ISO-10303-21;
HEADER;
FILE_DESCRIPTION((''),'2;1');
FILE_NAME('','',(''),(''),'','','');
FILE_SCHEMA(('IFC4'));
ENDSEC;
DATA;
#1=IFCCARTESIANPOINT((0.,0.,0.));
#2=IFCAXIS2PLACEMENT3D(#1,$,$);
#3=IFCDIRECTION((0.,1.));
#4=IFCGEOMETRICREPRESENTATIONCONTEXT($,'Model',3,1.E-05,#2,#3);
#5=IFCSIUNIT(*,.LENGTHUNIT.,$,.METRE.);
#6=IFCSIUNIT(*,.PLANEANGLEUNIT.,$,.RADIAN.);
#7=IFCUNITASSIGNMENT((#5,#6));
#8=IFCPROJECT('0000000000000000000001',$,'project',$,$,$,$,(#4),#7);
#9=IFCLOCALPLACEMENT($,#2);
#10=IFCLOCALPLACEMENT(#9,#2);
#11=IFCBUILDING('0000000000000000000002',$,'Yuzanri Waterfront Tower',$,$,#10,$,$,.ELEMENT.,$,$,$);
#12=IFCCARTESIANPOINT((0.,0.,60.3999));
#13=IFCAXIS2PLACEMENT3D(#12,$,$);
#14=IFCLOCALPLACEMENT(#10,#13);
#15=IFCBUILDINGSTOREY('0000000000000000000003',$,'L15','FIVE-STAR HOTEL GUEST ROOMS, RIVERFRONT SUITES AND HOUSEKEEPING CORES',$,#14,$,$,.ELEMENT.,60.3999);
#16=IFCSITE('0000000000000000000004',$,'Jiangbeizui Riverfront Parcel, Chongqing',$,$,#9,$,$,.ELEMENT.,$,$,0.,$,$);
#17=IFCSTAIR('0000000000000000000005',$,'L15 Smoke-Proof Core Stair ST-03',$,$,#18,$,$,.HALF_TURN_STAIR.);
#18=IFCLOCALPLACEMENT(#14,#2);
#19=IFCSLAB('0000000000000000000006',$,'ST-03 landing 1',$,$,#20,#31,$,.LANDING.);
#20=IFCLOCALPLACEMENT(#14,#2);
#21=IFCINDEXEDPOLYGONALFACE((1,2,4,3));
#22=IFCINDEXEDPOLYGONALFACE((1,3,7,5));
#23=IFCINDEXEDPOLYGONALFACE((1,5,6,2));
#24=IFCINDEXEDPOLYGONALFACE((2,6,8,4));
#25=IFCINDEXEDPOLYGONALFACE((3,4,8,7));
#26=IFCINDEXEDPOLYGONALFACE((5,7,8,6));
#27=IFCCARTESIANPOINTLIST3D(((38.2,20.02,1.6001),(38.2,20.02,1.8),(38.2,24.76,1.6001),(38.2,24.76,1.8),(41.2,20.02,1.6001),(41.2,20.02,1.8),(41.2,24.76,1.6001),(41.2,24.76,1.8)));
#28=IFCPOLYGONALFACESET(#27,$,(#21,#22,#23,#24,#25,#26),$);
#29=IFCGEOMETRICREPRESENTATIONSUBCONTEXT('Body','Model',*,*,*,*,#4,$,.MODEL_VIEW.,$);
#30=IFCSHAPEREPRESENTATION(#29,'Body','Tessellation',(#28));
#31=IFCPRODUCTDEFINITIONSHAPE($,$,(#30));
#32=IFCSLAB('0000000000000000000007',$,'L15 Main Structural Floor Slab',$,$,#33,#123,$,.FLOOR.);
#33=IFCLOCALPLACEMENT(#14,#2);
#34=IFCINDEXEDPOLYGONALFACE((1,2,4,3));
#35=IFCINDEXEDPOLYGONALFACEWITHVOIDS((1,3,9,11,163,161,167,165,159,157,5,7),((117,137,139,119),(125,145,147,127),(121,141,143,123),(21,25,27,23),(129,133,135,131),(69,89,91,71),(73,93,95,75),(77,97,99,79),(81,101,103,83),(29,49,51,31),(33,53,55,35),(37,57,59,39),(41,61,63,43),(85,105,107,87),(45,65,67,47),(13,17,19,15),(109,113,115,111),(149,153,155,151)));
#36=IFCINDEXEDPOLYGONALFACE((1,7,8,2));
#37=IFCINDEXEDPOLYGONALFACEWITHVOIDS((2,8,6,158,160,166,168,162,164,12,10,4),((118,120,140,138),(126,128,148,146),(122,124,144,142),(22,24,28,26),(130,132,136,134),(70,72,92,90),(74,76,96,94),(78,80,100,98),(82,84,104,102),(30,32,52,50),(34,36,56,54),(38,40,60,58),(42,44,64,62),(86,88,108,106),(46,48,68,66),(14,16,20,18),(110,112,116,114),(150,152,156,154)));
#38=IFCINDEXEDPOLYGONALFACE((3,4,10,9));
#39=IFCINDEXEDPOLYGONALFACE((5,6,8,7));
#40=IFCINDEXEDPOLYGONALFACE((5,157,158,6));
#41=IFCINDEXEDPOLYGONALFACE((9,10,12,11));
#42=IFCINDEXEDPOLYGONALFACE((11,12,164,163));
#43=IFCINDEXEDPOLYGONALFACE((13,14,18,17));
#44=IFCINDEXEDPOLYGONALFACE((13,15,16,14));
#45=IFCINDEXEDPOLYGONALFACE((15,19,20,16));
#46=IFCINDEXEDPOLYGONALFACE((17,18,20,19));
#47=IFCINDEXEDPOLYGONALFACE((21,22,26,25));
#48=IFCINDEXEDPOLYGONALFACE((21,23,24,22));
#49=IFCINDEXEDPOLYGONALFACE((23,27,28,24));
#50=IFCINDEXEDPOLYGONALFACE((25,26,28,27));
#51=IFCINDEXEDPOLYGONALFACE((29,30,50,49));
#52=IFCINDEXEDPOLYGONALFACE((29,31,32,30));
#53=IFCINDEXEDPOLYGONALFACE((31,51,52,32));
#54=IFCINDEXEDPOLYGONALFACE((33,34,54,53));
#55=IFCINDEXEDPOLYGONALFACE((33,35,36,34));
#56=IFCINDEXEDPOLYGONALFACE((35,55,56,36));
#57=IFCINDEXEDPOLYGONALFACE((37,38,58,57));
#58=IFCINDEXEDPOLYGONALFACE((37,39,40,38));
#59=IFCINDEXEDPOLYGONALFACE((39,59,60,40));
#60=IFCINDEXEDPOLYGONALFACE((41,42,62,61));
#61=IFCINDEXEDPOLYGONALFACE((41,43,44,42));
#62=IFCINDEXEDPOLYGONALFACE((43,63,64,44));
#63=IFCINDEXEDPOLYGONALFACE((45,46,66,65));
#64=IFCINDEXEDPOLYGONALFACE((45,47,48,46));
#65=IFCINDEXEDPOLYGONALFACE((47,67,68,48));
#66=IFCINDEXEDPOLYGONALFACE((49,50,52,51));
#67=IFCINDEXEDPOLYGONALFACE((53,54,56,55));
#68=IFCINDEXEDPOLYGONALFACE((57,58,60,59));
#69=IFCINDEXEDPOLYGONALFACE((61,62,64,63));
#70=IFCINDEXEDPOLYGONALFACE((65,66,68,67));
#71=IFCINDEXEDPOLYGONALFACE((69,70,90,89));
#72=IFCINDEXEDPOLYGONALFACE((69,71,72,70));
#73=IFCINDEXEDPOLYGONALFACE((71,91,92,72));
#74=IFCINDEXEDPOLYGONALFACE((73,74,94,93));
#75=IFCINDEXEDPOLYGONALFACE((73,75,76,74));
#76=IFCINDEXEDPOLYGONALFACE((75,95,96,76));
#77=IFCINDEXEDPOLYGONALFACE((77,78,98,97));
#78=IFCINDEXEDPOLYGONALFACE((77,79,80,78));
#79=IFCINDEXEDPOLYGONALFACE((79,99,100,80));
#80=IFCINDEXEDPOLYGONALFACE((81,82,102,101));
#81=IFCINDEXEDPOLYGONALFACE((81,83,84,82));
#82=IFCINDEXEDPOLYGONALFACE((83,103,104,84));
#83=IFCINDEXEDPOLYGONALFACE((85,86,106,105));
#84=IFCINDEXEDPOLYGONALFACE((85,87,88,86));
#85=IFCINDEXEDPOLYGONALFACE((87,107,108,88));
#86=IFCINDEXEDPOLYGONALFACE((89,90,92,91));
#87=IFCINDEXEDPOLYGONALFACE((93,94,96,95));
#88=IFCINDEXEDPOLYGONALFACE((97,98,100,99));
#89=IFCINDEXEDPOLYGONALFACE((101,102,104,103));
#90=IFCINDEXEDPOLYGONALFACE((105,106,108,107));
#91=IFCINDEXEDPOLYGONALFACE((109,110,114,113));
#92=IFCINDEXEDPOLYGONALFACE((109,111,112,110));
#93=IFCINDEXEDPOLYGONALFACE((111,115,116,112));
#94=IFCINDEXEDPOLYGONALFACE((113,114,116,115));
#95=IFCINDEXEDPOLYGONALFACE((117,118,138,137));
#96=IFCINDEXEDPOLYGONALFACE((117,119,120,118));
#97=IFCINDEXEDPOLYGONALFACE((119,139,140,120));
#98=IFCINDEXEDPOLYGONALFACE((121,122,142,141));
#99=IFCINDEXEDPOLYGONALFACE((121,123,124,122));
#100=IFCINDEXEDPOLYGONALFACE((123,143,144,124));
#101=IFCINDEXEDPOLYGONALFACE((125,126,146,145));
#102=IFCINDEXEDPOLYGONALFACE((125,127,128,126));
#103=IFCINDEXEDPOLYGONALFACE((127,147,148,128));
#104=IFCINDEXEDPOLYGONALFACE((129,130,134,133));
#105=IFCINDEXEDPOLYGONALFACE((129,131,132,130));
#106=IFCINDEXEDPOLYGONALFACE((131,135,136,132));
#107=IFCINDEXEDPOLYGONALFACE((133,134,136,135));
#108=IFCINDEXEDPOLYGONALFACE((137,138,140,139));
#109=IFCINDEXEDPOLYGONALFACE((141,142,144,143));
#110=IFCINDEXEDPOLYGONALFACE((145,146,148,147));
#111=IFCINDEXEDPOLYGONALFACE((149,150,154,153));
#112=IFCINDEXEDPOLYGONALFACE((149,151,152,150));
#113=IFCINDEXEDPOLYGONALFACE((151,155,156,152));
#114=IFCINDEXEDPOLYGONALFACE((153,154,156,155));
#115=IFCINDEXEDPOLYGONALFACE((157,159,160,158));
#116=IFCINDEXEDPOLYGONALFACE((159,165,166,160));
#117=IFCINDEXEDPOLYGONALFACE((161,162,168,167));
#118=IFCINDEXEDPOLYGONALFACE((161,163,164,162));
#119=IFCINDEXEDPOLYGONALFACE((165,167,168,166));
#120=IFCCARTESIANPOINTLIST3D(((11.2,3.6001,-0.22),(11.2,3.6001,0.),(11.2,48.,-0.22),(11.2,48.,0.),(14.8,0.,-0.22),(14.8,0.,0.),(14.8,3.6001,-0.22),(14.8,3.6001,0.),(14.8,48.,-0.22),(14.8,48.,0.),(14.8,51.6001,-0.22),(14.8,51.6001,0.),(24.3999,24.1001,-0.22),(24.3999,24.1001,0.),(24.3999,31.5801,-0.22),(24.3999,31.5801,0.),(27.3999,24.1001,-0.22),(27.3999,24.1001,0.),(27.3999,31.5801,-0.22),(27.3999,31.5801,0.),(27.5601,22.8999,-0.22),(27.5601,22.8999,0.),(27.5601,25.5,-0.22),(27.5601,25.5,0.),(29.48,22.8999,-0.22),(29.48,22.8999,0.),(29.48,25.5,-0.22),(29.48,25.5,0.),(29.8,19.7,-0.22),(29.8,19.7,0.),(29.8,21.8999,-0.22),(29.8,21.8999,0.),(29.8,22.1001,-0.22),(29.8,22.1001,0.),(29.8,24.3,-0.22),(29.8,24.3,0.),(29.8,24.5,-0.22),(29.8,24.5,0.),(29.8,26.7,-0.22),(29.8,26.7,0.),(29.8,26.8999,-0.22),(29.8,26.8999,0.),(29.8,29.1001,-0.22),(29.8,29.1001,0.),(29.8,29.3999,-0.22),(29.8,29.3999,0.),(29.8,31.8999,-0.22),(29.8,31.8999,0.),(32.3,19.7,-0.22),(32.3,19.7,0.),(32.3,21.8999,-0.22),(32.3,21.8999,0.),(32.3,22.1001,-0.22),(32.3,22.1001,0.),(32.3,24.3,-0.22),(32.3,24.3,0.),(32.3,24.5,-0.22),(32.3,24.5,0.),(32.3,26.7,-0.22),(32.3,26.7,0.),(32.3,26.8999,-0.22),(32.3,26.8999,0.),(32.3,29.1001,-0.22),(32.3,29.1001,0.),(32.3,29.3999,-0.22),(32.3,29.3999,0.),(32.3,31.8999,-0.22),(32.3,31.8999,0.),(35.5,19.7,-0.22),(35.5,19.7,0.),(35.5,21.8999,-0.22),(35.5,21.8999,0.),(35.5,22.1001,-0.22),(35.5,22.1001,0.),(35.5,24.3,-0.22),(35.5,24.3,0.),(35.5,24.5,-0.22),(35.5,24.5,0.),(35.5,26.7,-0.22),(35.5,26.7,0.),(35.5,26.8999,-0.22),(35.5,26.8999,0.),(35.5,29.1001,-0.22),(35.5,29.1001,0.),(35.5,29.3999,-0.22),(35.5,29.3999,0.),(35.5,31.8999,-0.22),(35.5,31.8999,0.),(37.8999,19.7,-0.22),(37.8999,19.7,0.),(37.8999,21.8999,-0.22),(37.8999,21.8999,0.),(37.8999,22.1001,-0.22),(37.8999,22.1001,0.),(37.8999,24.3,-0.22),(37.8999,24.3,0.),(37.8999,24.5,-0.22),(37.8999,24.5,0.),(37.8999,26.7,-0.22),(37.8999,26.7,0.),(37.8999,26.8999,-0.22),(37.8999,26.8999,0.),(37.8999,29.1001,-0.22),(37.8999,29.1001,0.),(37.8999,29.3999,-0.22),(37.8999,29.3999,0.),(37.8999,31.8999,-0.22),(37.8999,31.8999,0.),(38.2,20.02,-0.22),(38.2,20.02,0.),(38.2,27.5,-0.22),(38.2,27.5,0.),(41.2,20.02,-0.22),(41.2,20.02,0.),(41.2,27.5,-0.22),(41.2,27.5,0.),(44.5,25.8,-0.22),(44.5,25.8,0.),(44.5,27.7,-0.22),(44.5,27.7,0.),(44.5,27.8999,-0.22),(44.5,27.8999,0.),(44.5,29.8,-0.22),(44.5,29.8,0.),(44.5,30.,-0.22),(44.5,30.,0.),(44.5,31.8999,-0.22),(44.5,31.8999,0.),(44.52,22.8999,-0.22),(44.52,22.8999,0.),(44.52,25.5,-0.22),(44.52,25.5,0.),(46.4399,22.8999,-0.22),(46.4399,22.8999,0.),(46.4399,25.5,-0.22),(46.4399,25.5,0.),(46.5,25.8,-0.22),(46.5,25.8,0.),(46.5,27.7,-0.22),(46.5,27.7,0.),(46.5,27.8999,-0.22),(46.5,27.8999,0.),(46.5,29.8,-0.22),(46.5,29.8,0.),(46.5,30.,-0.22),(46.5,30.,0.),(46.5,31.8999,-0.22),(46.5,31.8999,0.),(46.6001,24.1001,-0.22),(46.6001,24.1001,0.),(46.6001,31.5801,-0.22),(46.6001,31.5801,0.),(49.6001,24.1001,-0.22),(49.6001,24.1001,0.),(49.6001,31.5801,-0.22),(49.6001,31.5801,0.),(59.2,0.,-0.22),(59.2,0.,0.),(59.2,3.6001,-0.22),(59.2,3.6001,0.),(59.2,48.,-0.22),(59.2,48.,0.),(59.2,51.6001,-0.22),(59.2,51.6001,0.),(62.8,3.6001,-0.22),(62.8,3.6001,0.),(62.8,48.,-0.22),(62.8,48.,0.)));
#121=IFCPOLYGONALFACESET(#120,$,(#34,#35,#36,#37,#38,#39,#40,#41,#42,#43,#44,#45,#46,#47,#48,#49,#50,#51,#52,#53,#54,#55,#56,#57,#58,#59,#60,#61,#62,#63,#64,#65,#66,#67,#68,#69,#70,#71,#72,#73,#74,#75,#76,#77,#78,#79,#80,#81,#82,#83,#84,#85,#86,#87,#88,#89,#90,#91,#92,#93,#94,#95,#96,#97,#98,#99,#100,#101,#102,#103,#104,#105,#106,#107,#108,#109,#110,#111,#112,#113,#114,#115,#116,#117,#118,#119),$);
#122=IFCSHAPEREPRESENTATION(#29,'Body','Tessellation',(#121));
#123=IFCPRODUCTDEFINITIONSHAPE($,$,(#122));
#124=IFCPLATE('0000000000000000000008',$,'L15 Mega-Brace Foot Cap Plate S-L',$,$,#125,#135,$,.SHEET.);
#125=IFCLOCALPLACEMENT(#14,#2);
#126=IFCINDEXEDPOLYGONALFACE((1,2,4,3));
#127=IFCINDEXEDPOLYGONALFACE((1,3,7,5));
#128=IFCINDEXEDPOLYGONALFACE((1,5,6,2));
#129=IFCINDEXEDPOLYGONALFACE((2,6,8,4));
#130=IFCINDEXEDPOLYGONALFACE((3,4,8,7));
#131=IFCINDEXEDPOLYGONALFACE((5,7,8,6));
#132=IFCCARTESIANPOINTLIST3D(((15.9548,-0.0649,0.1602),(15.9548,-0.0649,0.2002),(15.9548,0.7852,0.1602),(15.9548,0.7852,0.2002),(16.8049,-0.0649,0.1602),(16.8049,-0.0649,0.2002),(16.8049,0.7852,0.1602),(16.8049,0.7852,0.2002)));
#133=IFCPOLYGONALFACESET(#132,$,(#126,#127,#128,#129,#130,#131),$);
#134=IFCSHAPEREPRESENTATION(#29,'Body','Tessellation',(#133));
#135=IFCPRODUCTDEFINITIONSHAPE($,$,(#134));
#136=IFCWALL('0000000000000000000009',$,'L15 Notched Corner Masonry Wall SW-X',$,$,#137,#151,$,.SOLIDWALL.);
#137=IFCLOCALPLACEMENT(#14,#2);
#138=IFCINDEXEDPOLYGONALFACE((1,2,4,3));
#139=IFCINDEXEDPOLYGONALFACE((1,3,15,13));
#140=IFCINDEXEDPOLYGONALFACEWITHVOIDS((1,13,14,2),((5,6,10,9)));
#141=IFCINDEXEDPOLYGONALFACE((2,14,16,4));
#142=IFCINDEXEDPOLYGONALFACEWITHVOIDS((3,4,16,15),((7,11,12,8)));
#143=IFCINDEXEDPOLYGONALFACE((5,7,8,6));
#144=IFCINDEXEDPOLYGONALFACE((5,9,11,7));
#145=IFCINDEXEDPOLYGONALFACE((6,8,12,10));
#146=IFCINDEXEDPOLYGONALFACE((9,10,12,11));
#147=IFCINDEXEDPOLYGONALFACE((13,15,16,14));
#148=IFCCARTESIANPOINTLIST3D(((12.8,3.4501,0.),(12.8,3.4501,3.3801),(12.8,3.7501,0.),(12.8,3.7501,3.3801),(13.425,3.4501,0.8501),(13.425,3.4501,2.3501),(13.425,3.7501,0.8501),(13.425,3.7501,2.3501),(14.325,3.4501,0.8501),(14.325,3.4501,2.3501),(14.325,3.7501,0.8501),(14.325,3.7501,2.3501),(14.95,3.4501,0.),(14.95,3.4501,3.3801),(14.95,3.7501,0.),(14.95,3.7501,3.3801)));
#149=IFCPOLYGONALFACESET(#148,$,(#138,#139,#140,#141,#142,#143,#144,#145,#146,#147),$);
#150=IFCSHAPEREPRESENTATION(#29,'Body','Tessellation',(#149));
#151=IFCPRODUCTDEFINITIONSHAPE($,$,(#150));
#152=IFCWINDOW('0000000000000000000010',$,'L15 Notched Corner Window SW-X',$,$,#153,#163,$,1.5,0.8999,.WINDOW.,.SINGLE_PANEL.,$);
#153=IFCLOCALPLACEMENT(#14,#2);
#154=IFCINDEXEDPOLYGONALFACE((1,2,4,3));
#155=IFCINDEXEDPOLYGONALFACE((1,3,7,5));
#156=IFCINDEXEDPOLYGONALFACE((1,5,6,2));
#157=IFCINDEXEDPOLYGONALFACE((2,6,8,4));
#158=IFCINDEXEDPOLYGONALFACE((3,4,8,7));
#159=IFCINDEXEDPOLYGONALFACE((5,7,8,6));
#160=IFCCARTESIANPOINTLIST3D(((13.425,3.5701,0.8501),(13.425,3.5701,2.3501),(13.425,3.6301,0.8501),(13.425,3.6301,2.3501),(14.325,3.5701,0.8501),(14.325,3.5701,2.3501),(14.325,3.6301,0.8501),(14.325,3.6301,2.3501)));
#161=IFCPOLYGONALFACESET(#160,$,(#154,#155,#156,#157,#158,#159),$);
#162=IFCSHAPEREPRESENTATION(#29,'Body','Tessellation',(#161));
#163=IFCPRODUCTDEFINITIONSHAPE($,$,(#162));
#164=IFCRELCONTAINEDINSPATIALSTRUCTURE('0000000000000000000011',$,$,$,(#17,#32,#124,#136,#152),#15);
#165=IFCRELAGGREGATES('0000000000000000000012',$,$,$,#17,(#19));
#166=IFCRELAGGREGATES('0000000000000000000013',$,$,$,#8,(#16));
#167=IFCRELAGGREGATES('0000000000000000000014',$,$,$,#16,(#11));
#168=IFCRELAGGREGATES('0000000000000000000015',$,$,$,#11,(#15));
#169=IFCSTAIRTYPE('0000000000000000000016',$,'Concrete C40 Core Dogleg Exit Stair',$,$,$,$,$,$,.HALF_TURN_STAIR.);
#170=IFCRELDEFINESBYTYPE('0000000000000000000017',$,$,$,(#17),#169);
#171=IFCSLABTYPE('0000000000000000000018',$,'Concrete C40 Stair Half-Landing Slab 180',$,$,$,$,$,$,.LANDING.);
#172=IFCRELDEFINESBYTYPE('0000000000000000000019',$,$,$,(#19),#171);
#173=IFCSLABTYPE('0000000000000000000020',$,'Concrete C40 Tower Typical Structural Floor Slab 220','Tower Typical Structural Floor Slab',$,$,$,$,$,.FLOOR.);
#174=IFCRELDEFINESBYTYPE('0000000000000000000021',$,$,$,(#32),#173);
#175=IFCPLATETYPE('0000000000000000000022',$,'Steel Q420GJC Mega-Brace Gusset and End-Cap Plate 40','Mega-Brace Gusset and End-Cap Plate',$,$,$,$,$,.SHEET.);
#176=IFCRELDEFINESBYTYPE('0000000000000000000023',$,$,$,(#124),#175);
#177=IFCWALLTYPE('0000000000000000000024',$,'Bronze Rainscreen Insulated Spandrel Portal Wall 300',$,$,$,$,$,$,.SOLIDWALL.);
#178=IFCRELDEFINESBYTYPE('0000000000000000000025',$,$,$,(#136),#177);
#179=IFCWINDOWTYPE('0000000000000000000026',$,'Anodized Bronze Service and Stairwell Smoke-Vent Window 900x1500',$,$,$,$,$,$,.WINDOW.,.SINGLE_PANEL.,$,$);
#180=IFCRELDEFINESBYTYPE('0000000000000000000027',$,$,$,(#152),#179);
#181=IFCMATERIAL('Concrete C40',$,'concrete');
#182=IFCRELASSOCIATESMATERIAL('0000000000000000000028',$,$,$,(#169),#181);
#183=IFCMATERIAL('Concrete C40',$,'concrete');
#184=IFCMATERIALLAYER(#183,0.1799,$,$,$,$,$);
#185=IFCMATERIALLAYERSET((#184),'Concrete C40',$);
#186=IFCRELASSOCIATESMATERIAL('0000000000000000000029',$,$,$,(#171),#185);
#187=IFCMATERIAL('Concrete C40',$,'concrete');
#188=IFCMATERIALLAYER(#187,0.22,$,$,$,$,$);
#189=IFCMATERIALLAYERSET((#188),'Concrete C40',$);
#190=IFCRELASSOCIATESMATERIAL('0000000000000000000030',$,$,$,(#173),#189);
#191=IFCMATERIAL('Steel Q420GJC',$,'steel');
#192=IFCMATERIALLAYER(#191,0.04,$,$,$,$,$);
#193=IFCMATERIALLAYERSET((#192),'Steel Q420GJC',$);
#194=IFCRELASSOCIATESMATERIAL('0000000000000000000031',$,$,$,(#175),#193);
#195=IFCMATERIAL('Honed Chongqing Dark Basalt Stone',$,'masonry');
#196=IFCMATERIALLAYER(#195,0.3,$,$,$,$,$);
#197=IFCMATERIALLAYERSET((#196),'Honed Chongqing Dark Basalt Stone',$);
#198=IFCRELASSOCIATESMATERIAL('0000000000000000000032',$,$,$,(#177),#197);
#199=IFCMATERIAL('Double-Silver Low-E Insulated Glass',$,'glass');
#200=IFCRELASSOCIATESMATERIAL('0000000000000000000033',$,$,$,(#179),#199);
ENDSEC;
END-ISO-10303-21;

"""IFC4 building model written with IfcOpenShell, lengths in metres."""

from ifc_helpers import new_model, si_unit, direction, frame, frame_2d, origin, origin_2d, place, context, subcontext, project, spatial, polyline, rectangle, outline, extrude, source, transform, mapped, material, layer, layer_set, type_object, element, fill, aggregate, save


model = new_model("IFC4")

# Units and contexts
model_context = context("Model", 3, precision=1e-05, world=origin(), true_north=direction((0.0, 1.0)))
body_context = subcontext(model_context, "Body", "Model", "MODEL_VIEW")
ifc_project = project(units=[si_unit("LENGTHUNIT", "METRE"), si_unit("PLANEANGLEUNIT", "RADIAN")], contexts=[model_context])

# Site, building, storey
site_placement = place(None, origin())
site = spatial("IfcSite", under=ifc_project, at=site_placement, Name="Jiangbeizui Riverfront Parcel, Chongqing", CompositionType="ELEMENT", RefElevation=0.0)
building_placement = place(site_placement, origin())
building = spatial("IfcBuilding", under=site, at=building_placement, Name="Yuzanri Waterfront Tower", CompositionType="ELEMENT")
storey_placement = place(building_placement, frame((0.0, 0.0, 60.3999)))
storey = spatial("IfcBuildingStorey", under=building, at=storey_placement, Name="L15", Description="FIVE-STAR HOTEL GUEST ROOMS, RIVERFRONT SUITES AND HOUSEKEEPING CORES", CompositionType="ELEMENT", Elevation=60.3999)

# Stair, slab
ifc_material_1 = material(Name="Concrete C40", Category="concrete")
stair_type = type_object("IfcStairType", Name="Concrete C40 Core Dogleg Exit Stair", PredefinedType="HALF_TURN_STAIR", material=ifc_material_1)
ifc_material_2 = material(Name="Concrete C40", Category="concrete")
ifc_layer_1 = layer(ifc_material_2, 0.1799)
ifc_layer_set_1 = layer_set([ifc_layer_1], Name="Concrete C40")
slab_type_1 = type_object("IfcSlabType", Name="Concrete C40 Stair Half-Landing Slab 180", PredefinedType="LANDING", material=ifc_layer_set_1)
stair_1_placement = place(storey_placement, origin())
stair_1 = element("IfcStair", 1, at=stair_1_placement, inside=storey, type_object=stair_type, Name="L15 Smoke-Proof Core Stair ST-03", PredefinedType="HALF_TURN_STAIR")
slab_1_placement = place(storey_placement, frame((0.0, 0.0, 1.6001)))
slab_1 = element("IfcSlab", 2, at=slab_1_placement, type_object=slab_type_1, Name="ST-03 landing 1", PredefinedType="LANDING", context=body_context, shape_type="SweptSolid", body=[
    extrude(outline(polyline([(38.2, 24.76), (38.2, 20.02), (41.2, 20.02), (41.2, 24.76), (38.2, 24.76)])), origin(), (0.0, 0.0, 1.0), 0.2),
])
aggregate(stair_1, [slab_1])

# Slab
ifc_material_3 = material(Name="Concrete C40", Category="concrete")
ifc_layer_2 = layer(ifc_material_3, 0.22)
ifc_layer_set_2 = layer_set([ifc_layer_2], Name="Concrete C40")
slab_type_2 = type_object("IfcSlabType", Name="Concrete C40 Tower Typical Structural Floor Slab 220", Description="Tower Typical Structural Floor Slab", PredefinedType="FLOOR", material=ifc_layer_set_2)
slab_2_placement = place(storey_placement, frame((0.0, 0.0, -0.22)))
element("IfcSlab", 3, at=slab_2_placement, inside=storey, type_object=slab_type_2, Name="L15 Main Structural Floor Slab", PredefinedType="FLOOR", context=body_context, shape_type="SweptSolid", body=[
    extrude(outline(polyline([(14.8, 0.0), (59.2, 0.0), (59.2, 3.6001), (62.8, 3.6001), (62.8, 48.0), (59.2, 48.0), (59.2, 51.6001), (14.8, 51.6001), (14.8, 48.0), (11.2, 48.0), (11.2, 3.6001), (14.8, 3.6001), (14.8, 0.0)]), holes=[polyline([(27.3999, 24.1001), (27.3999, 31.5801), (24.3999, 31.5801), (24.3999, 24.1001), (27.3999, 24.1001)]), polyline([(49.6001, 24.1001), (49.6001, 31.5801), (46.6001, 31.5801), (46.6001, 24.1001), (49.6001, 24.1001)]), polyline([(38.2, 27.5), (38.2, 20.02), (41.2, 20.02), (41.2, 27.5), (38.2, 27.5)]), polyline([(27.5601, 22.8999), (29.48, 22.8999), (29.48, 25.5), (27.5601, 25.5), (27.5601, 22.8999)]), polyline([(44.52, 22.8999), (46.4399, 22.8999), (46.4399, 25.5), (44.52, 25.5), (44.52, 22.8999)]), polyline([(29.8, 19.7), (32.3, 19.7), (32.3, 21.8999), (29.8, 21.8999), (29.8, 19.7)]), polyline([(29.8, 22.1001), (32.3, 22.1001), (32.3, 24.3), (29.8, 24.3), (29.8, 22.1001)]), polyline([(29.8, 24.5), (32.3, 24.5), (32.3, 26.7), (29.8, 26.7), (29.8, 24.5)]), polyline([(29.8, 26.8999), (32.3, 26.8999), (32.3, 29.1001), (29.8, 29.1001), (29.8, 26.8999)]), polyline([(29.8, 29.3999), (32.3, 29.3999), (32.3, 31.8999), (29.8, 31.8999), (29.8, 29.3999)]), polyline([(35.5, 19.7), (37.8999, 19.7), (37.8999, 21.8999), (35.5, 21.8999), (35.5, 19.7)]), polyline([(35.5, 22.1001), (37.8999, 22.1001), (37.8999, 24.3), (35.5, 24.3), (35.5, 22.1001)]), polyline([(35.5, 24.5), (37.8999, 24.5), (37.8999, 26.7), (35.5, 26.7), (35.5, 24.5)]), polyline([(35.5, 26.8999), (37.8999, 26.8999), (37.8999, 29.1001), (35.5, 29.1001), (35.5, 26.8999)]), polyline([(35.5, 29.3999), (37.8999, 29.3999), (37.8999, 31.8999), (35.5, 31.8999), (35.5, 29.3999)]), polyline([(44.5, 25.8), (46.5, 25.8), (46.5, 27.7), (44.5, 27.7), (44.5, 25.8)]), polyline([(44.5, 27.8999), (46.5, 27.8999), (46.5, 29.8), (44.5, 29.8), (44.5, 27.8999)]), polyline([(44.5, 30.0), (46.5, 30.0), (46.5, 31.8999), (44.5, 31.8999), (44.5, 30.0)])]), origin(), (0.0, 0.0, 1.0), 0.22),
])

# Plate
ifc_material_4 = material(Name="Steel Q420GJC", Category="steel")
ifc_layer_3 = layer(ifc_material_4, 0.04)
ifc_layer_set_3 = layer_set([ifc_layer_3], Name="Steel Q420GJC")
plate_type = type_object("IfcPlateType", Name="Steel Q420GJC Mega-Brace Gusset and End-Cap Plate 40", Description="Mega-Brace Gusset and End-Cap Plate", PredefinedType="SHEET", material=ifc_layer_set_3)
shared_shape_1 = source(origin(), body_context, "Body", "SweptSolid", [
    extrude(rectangle(XDim=0.8501, YDim=0.8501, at=origin_2d()), origin(), (0.0, 0.0, 1.0), 0.04),
])
plate_placement = place(storey_placement, frame((16.3799, 0.3601, 0.1602), z_axis=(0.0, 0.0, 1.0), x_axis=(1.0, 0.0, 0.0)))
element("IfcPlate", 4, at=plate_placement, inside=storey, type_object=plate_type, Name="L15 Mega-Brace Foot Cap Plate S-L", PredefinedType="SHEET", context=body_context, shape_type="MappedRepresentation", body=[
    mapped(shared_shape_1, transform((0.0, 0.0, 0.0), scale=1.0)),
])

# Wall, opening, window
ifc_material_5 = material(Name="Honed Chongqing Dark Basalt Stone", Category="masonry")
ifc_layer_4 = layer(ifc_material_5, 0.3)
ifc_layer_set_4 = layer_set([ifc_layer_4], Name="Honed Chongqing Dark Basalt Stone")
wall_type_1 = type_object("IfcWallType", Name="Bronze Rainscreen Insulated Spandrel Portal Wall 300", PredefinedType="SOLIDWALL", material=ifc_layer_set_4)
wall_1_placement = place(storey_placement, frame((12.8, 3.6001, 0.0), z_axis=(0.0, 0.0, 1.0), x_axis=(1.0, 0.0, 0.0)))
wall_1 = element("IfcWall", 5, at=wall_1_placement, inside=storey, type_object=wall_type_1, Name="L15 Notched Corner Masonry Wall SW-X", PredefinedType="SOLIDWALL", context=body_context, shape_type="SweptSolid", body=[
    extrude(rectangle(XDim=2.1499, YDim=0.3, at=frame_2d((1.075, 0.0))), origin(), (0.0, 0.0, 1.0), 3.3801),
])
opening_1_placement = place(wall_1_placement, frame((0.625, 0.0, 0.8501)))
opening_1 = element("IfcOpeningElement", 6, at=opening_1_placement, cuts=wall_1, PredefinedType="OPENING", context=body_context, shape_type="SweptSolid", body=[
    extrude(rectangle(XDim=0.8999, YDim=1.5, at=frame_2d((0.45, 0.75))), frame((0.0, 0.165, 0.0), z_axis=(0.0, -1.0, 0.0), x_axis=(1.0, 0.0, 0.0)), (0.0, 0.0, 1.0), 0.3298),
])
ifc_material_6 = material(Name="Double-Silver Low-E Insulated Glass", Category="glass")
window_type_1 = type_object("IfcWindowType", Name="Anodized Bronze Service and Stairwell Smoke-Vent Window 900x1500", PartitioningType="SINGLE_PANEL", PredefinedType="WINDOW", material=ifc_material_6)
shared_shape_2 = source(origin(), body_context, "Body", "SweptSolid", [
    extrude(rectangle(XDim=0.8999, YDim=1.5, at=frame_2d((0.45, 0.75))), frame((0.0, 0.03, 0.0), z_axis=(0.0, -1.0, 0.0), x_axis=(1.0, 0.0, 0.0)), (0.0, 0.0, 1.0), 0.0601),
])
window_1_placement = place(opening_1_placement, origin())
window_1 = element("IfcWindow", 7, at=window_1_placement, inside=storey, type_object=window_type_1, Name="L15 Notched Corner Window SW-X", OverallHeight=1.5, OverallWidth=0.8999, PartitioningType="SINGLE_PANEL", PredefinedType="WINDOW", context=body_context, shape_type="MappedRepresentation", body=[
    mapped(shared_shape_2, transform((0.0, 0.0, 0.0), scale=1.0)),
])
fill(opening_1, window_1)

save(model, "model.ifc")
